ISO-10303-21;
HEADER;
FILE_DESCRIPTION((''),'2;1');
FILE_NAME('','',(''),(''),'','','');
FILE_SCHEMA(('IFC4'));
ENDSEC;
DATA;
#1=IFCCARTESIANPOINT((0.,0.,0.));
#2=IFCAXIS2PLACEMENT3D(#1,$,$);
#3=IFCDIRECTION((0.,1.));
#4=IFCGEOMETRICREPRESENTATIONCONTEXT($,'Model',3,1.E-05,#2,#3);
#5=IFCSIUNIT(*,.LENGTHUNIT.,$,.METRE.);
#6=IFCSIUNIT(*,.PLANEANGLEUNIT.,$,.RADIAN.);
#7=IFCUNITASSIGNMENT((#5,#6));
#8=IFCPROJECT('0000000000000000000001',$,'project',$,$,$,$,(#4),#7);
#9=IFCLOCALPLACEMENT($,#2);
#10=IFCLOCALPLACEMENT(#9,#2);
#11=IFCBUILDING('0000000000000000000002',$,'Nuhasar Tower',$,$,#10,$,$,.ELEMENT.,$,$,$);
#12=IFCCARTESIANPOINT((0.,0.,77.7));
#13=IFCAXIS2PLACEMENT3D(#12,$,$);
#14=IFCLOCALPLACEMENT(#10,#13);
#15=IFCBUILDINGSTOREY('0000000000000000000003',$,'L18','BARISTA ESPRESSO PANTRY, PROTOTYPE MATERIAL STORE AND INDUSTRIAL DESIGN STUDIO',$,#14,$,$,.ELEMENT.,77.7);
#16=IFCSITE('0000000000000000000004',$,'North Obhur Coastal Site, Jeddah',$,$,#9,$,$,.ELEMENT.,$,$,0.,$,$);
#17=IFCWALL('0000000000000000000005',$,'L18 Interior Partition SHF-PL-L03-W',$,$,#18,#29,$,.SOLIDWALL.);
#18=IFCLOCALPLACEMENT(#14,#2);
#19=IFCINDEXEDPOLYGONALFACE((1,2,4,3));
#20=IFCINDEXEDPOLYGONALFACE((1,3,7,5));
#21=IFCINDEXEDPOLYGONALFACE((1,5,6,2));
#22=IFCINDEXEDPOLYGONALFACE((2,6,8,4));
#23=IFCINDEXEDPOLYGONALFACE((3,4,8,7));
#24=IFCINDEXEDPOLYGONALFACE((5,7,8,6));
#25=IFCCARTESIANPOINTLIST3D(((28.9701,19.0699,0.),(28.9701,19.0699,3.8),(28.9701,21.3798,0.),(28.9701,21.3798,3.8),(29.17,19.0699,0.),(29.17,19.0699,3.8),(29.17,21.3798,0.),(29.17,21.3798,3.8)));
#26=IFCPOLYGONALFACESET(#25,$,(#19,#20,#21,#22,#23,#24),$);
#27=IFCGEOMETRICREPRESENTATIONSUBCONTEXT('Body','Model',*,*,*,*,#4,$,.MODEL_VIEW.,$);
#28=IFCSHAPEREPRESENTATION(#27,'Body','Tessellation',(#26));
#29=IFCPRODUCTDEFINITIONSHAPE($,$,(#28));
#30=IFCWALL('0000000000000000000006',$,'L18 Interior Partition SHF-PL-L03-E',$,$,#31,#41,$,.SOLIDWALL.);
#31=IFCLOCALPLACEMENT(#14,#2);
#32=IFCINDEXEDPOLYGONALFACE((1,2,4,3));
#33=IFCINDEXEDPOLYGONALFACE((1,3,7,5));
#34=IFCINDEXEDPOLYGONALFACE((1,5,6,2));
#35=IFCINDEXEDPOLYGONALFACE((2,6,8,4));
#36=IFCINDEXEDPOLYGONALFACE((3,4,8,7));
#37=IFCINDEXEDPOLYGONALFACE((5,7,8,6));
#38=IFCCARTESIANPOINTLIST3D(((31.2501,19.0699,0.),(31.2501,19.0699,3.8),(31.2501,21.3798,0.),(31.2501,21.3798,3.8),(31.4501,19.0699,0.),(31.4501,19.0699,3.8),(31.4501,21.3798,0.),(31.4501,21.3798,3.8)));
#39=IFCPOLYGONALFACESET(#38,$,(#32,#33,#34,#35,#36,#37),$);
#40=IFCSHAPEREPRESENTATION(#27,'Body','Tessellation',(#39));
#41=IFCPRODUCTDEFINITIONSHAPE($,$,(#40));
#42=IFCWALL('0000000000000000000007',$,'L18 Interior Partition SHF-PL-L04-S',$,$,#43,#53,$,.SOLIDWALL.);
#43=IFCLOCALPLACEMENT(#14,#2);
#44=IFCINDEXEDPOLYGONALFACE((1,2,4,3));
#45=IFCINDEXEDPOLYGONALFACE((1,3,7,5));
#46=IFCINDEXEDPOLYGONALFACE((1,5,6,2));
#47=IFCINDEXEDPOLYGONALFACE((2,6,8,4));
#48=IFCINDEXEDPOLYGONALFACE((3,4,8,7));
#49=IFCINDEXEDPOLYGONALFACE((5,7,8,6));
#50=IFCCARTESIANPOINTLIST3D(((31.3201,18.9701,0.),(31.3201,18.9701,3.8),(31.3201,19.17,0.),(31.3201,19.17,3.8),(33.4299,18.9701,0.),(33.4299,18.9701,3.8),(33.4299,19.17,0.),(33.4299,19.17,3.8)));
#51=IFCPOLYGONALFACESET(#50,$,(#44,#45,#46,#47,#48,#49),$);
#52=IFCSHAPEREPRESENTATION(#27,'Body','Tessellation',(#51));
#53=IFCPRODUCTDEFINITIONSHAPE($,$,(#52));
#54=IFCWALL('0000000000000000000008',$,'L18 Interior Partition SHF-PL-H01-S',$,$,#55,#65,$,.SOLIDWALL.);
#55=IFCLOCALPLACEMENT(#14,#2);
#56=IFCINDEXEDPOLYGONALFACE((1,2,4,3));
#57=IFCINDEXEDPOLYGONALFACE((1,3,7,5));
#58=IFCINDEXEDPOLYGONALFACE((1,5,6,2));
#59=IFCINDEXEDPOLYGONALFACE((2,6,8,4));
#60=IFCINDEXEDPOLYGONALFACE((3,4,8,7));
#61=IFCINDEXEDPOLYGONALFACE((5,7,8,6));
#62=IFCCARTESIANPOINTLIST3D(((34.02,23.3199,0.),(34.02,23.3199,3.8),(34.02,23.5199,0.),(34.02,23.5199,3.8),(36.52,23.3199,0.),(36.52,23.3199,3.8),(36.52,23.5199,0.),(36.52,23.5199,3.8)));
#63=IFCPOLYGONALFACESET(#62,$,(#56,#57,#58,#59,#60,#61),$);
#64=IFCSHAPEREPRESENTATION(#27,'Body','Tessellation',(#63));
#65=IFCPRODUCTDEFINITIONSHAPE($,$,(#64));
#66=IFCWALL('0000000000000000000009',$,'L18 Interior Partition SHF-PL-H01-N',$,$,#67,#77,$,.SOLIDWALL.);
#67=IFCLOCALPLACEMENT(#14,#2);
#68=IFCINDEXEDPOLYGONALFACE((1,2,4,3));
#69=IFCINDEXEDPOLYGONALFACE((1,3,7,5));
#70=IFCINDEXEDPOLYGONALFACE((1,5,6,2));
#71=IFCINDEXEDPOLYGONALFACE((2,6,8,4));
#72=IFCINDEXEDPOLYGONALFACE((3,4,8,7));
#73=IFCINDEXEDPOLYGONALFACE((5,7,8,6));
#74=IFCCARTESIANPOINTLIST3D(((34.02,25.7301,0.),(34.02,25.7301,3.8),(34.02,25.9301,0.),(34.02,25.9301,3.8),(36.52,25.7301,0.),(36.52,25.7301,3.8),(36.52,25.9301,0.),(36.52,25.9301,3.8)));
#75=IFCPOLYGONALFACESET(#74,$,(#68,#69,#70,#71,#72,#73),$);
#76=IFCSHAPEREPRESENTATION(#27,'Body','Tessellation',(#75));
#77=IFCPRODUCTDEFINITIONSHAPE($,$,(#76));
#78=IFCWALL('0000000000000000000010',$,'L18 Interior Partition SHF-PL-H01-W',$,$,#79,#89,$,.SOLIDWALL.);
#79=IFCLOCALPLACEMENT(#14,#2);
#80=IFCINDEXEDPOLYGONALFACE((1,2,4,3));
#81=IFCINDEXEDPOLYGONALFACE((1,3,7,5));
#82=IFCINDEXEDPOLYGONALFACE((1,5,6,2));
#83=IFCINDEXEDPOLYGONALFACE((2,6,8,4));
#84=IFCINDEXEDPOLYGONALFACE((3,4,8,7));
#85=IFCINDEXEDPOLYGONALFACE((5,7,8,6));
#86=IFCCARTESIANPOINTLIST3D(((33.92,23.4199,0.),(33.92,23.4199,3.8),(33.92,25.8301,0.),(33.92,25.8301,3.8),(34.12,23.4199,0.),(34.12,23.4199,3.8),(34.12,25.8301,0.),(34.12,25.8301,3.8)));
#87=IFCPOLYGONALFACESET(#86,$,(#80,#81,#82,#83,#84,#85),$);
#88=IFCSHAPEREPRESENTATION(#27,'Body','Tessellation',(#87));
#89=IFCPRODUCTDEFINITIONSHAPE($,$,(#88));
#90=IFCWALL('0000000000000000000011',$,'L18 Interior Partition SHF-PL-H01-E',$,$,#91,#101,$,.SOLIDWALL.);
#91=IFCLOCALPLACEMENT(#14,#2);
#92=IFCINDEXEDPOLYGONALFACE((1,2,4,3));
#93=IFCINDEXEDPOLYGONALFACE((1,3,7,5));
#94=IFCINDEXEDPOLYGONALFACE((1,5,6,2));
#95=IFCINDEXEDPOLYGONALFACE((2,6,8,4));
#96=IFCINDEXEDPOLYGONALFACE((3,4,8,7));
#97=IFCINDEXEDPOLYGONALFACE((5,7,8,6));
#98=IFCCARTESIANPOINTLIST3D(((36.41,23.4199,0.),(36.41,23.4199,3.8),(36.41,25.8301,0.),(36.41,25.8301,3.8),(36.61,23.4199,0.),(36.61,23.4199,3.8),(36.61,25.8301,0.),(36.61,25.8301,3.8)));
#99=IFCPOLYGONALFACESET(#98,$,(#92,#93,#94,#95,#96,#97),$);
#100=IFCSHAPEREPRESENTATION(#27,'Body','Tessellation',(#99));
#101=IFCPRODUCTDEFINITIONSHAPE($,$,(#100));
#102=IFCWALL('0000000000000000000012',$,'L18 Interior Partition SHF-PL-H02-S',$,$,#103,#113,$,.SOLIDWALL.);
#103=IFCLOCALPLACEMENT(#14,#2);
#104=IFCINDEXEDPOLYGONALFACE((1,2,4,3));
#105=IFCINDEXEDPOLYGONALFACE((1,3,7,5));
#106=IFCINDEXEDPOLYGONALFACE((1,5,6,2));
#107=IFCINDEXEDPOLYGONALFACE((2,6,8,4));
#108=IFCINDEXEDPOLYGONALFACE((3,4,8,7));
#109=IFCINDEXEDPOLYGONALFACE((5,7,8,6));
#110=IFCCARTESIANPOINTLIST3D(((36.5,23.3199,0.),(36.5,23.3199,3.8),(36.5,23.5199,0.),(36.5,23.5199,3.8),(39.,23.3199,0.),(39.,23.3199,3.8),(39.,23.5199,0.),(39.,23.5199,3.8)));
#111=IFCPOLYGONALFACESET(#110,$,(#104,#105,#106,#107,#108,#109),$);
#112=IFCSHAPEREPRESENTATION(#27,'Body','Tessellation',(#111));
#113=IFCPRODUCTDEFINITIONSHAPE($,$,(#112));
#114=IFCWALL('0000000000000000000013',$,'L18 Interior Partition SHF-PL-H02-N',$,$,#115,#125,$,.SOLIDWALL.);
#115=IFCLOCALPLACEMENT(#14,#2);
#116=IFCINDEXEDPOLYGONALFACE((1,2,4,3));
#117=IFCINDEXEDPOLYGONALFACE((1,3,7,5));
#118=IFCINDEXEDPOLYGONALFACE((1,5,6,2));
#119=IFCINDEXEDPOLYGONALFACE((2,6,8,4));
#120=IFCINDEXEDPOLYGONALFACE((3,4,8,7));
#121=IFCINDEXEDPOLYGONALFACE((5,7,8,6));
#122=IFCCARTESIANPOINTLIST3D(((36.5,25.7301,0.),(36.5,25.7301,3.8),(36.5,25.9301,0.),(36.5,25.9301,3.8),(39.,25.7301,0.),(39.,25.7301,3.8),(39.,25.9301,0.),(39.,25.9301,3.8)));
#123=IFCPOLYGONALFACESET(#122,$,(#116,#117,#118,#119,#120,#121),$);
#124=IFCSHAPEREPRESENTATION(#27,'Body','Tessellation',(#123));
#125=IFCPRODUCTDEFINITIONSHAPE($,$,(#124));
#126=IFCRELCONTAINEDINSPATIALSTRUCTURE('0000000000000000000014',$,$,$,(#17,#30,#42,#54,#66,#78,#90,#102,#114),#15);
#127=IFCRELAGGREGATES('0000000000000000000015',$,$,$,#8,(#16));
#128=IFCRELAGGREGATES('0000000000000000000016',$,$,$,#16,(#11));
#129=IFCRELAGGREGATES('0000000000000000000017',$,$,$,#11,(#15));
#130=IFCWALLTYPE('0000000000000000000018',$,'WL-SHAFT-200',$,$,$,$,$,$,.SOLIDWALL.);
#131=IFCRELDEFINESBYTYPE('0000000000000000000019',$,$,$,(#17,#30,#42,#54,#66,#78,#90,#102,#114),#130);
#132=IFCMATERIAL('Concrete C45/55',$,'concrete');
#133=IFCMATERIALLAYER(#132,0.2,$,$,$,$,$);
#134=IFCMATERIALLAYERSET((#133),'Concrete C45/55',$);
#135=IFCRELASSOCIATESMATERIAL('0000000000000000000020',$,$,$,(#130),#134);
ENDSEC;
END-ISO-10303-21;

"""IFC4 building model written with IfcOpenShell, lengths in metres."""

from ifc_helpers import new_model, si_unit, direction, frame, frame_2d, origin, place, context, subcontext, project, spatial, rectangle, extrude, material, layer, layer_set, type_object, element, save


model = new_model("IFC4")

# Units and contexts
model_context = context("Model", 3, precision=1e-05, world=origin(), true_north=direction((0.0, 1.0)))
body_context = subcontext(model_context, "Body", "Model", "MODEL_VIEW")
ifc_project = project(units=[si_unit("LENGTHUNIT", "METRE"), si_unit("PLANEANGLEUNIT", "RADIAN")], contexts=[model_context])

# Site, building, storey
site_placement = place(None, origin())
site = spatial("IfcSite", under=ifc_project, at=site_placement, Name="North Obhur Coastal Site, Jeddah", CompositionType="ELEMENT", RefElevation=0.0)
building_placement = place(site_placement, origin())
building = spatial("IfcBuilding", under=site, at=building_placement, Name="Nuhasar Tower", CompositionType="ELEMENT")
storey_placement = place(building_placement, frame((0.0, 0.0, 77.7)))
storey = spatial("IfcBuildingStorey", under=building, at=storey_placement, Name="L18", Description="BARISTA ESPRESSO PANTRY, PROTOTYPE MATERIAL STORE AND INDUSTRIAL DESIGN STUDIO", CompositionType="ELEMENT", Elevation=77.7)

# Shared definitions
ifc_material_1 = material(Name="Concrete C45/55", Category="concrete")
ifc_layer_1 = layer(ifc_material_1, 0.2)
ifc_layer_set_1 = layer_set([ifc_layer_1], Name="Concrete C45/55")
wall_type_1 = type_object("IfcWallType", Name="WL-SHAFT-200", PredefinedType="SOLIDWALL", material=ifc_layer_set_1)

# Walls
for number, where, z_axis, x_axis, name in (
    (1, (29.0701, 19.0701, 0.0), (0.0, 0.0, 1.0), (0.0, 1.0, 0.0), "L18 Interior Partition SHF-PL-L03-W"),
    (2, (31.3501, 19.0701, 0.0), (0.0, 0.0, 1.0), (0.0, 1.0, 0.0), "L18 Interior Partition SHF-PL-L03-E"),
):
    element("IfcWall", number, at=place(storey_placement, frame(where, z_axis=z_axis, x_axis=x_axis)), inside=storey, type_object=wall_type_1, Name=name, PredefinedType="SOLIDWALL", context=body_context, shape_type="SweptSolid", body=[
        extrude(rectangle(XDim=2.3098, YDim=0.2, at=frame_2d((1.1548, 0.0))), origin(), (0.0, 0.0, 1.0), 3.8),
    ])
wall_1_placement = place(storey_placement, frame((31.3201, 19.0701, 0.0), z_axis=(0.0, 0.0, 1.0), x_axis=(1.0, 0.0, 0.0)))
element("IfcWall", 3, at=wall_1_placement, inside=storey, type_object=wall_type_1, Name="L18 Interior Partition SHF-PL-L04-S", PredefinedType="SOLIDWALL", context=body_context, shape_type="SweptSolid", body=[
    extrude(rectangle(XDim=2.1099, YDim=0.2, at=frame_2d((1.0549, 0.0))), origin(), (0.0, 0.0, 1.0), 3.8),
])

# Walls
for number, where, z_axis, x_axis, name in (
    (4, (34.02, 23.4199, 0.0), (0.0, 0.0, 1.0), (1.0, 0.0, 0.0), "L18 Interior Partition SHF-PL-H01-S"),
    (5, (34.02, 25.8301, 0.0), (0.0, 0.0, 1.0), (1.0, 0.0, 0.0), "L18 Interior Partition SHF-PL-H01-N"),
):
    element("IfcWall", number, at=place(storey_placement, frame(where, z_axis=z_axis, x_axis=x_axis)), inside=storey, type_object=wall_type_1, Name=name, PredefinedType="SOLIDWALL", context=body_context, shape_type="SweptSolid", body=[
        extrude(rectangle(XDim=2.5, YDim=0.2, at=frame_2d((1.25, 0.0))), origin(), (0.0, 0.0, 1.0), 3.8),
    ])
for number, where, z_axis, x_axis, name in (
    (6, (34.02, 23.4199, 0.0), (0.0, 0.0, 1.0), (0.0, 1.0, 0.0), "L18 Interior Partition SHF-PL-H01-W"),
    (7, (36.51, 23.4199, 0.0), (0.0, 0.0, 1.0), (0.0, 1.0, 0.0), "L18 Interior Partition SHF-PL-H01-E"),
):
    element("IfcWall", number, at=place(storey_placement, frame(where, z_axis=z_axis, x_axis=x_axis)), inside=storey, type_object=wall_type_1, Name=name, PredefinedType="SOLIDWALL", context=body_context, shape_type="SweptSolid", body=[
        extrude(rectangle(XDim=2.4102, YDim=0.2, at=frame_2d((1.2051, 0.0))), origin(), (0.0, 0.0, 1.0), 3.8),
    ])
for number, where, z_axis, x_axis, name in (
    (8, (36.5, 23.4199, 0.0), (0.0, 0.0, 1.0), (1.0, 0.0, 0.0), "L18 Interior Partition SHF-PL-H02-S"),
    (9, (36.5, 25.8301, 0.0), (0.0, 0.0, 1.0), (1.0, 0.0, 0.0), "L18 Interior Partition SHF-PL-H02-N"),
):
    element("IfcWall", number, at=place(storey_placement, frame(where, z_axis=z_axis, x_axis=x_axis)), inside=storey, type_object=wall_type_1, Name=name, PredefinedType="SOLIDWALL", context=body_context, shape_type="SweptSolid", body=[
        extrude(rectangle(XDim=2.5, YDim=0.2, at=frame_2d((1.25, 0.0))), origin(), (0.0, 0.0, 1.0), 3.8),
    ])

save(model, "model.ifc")
